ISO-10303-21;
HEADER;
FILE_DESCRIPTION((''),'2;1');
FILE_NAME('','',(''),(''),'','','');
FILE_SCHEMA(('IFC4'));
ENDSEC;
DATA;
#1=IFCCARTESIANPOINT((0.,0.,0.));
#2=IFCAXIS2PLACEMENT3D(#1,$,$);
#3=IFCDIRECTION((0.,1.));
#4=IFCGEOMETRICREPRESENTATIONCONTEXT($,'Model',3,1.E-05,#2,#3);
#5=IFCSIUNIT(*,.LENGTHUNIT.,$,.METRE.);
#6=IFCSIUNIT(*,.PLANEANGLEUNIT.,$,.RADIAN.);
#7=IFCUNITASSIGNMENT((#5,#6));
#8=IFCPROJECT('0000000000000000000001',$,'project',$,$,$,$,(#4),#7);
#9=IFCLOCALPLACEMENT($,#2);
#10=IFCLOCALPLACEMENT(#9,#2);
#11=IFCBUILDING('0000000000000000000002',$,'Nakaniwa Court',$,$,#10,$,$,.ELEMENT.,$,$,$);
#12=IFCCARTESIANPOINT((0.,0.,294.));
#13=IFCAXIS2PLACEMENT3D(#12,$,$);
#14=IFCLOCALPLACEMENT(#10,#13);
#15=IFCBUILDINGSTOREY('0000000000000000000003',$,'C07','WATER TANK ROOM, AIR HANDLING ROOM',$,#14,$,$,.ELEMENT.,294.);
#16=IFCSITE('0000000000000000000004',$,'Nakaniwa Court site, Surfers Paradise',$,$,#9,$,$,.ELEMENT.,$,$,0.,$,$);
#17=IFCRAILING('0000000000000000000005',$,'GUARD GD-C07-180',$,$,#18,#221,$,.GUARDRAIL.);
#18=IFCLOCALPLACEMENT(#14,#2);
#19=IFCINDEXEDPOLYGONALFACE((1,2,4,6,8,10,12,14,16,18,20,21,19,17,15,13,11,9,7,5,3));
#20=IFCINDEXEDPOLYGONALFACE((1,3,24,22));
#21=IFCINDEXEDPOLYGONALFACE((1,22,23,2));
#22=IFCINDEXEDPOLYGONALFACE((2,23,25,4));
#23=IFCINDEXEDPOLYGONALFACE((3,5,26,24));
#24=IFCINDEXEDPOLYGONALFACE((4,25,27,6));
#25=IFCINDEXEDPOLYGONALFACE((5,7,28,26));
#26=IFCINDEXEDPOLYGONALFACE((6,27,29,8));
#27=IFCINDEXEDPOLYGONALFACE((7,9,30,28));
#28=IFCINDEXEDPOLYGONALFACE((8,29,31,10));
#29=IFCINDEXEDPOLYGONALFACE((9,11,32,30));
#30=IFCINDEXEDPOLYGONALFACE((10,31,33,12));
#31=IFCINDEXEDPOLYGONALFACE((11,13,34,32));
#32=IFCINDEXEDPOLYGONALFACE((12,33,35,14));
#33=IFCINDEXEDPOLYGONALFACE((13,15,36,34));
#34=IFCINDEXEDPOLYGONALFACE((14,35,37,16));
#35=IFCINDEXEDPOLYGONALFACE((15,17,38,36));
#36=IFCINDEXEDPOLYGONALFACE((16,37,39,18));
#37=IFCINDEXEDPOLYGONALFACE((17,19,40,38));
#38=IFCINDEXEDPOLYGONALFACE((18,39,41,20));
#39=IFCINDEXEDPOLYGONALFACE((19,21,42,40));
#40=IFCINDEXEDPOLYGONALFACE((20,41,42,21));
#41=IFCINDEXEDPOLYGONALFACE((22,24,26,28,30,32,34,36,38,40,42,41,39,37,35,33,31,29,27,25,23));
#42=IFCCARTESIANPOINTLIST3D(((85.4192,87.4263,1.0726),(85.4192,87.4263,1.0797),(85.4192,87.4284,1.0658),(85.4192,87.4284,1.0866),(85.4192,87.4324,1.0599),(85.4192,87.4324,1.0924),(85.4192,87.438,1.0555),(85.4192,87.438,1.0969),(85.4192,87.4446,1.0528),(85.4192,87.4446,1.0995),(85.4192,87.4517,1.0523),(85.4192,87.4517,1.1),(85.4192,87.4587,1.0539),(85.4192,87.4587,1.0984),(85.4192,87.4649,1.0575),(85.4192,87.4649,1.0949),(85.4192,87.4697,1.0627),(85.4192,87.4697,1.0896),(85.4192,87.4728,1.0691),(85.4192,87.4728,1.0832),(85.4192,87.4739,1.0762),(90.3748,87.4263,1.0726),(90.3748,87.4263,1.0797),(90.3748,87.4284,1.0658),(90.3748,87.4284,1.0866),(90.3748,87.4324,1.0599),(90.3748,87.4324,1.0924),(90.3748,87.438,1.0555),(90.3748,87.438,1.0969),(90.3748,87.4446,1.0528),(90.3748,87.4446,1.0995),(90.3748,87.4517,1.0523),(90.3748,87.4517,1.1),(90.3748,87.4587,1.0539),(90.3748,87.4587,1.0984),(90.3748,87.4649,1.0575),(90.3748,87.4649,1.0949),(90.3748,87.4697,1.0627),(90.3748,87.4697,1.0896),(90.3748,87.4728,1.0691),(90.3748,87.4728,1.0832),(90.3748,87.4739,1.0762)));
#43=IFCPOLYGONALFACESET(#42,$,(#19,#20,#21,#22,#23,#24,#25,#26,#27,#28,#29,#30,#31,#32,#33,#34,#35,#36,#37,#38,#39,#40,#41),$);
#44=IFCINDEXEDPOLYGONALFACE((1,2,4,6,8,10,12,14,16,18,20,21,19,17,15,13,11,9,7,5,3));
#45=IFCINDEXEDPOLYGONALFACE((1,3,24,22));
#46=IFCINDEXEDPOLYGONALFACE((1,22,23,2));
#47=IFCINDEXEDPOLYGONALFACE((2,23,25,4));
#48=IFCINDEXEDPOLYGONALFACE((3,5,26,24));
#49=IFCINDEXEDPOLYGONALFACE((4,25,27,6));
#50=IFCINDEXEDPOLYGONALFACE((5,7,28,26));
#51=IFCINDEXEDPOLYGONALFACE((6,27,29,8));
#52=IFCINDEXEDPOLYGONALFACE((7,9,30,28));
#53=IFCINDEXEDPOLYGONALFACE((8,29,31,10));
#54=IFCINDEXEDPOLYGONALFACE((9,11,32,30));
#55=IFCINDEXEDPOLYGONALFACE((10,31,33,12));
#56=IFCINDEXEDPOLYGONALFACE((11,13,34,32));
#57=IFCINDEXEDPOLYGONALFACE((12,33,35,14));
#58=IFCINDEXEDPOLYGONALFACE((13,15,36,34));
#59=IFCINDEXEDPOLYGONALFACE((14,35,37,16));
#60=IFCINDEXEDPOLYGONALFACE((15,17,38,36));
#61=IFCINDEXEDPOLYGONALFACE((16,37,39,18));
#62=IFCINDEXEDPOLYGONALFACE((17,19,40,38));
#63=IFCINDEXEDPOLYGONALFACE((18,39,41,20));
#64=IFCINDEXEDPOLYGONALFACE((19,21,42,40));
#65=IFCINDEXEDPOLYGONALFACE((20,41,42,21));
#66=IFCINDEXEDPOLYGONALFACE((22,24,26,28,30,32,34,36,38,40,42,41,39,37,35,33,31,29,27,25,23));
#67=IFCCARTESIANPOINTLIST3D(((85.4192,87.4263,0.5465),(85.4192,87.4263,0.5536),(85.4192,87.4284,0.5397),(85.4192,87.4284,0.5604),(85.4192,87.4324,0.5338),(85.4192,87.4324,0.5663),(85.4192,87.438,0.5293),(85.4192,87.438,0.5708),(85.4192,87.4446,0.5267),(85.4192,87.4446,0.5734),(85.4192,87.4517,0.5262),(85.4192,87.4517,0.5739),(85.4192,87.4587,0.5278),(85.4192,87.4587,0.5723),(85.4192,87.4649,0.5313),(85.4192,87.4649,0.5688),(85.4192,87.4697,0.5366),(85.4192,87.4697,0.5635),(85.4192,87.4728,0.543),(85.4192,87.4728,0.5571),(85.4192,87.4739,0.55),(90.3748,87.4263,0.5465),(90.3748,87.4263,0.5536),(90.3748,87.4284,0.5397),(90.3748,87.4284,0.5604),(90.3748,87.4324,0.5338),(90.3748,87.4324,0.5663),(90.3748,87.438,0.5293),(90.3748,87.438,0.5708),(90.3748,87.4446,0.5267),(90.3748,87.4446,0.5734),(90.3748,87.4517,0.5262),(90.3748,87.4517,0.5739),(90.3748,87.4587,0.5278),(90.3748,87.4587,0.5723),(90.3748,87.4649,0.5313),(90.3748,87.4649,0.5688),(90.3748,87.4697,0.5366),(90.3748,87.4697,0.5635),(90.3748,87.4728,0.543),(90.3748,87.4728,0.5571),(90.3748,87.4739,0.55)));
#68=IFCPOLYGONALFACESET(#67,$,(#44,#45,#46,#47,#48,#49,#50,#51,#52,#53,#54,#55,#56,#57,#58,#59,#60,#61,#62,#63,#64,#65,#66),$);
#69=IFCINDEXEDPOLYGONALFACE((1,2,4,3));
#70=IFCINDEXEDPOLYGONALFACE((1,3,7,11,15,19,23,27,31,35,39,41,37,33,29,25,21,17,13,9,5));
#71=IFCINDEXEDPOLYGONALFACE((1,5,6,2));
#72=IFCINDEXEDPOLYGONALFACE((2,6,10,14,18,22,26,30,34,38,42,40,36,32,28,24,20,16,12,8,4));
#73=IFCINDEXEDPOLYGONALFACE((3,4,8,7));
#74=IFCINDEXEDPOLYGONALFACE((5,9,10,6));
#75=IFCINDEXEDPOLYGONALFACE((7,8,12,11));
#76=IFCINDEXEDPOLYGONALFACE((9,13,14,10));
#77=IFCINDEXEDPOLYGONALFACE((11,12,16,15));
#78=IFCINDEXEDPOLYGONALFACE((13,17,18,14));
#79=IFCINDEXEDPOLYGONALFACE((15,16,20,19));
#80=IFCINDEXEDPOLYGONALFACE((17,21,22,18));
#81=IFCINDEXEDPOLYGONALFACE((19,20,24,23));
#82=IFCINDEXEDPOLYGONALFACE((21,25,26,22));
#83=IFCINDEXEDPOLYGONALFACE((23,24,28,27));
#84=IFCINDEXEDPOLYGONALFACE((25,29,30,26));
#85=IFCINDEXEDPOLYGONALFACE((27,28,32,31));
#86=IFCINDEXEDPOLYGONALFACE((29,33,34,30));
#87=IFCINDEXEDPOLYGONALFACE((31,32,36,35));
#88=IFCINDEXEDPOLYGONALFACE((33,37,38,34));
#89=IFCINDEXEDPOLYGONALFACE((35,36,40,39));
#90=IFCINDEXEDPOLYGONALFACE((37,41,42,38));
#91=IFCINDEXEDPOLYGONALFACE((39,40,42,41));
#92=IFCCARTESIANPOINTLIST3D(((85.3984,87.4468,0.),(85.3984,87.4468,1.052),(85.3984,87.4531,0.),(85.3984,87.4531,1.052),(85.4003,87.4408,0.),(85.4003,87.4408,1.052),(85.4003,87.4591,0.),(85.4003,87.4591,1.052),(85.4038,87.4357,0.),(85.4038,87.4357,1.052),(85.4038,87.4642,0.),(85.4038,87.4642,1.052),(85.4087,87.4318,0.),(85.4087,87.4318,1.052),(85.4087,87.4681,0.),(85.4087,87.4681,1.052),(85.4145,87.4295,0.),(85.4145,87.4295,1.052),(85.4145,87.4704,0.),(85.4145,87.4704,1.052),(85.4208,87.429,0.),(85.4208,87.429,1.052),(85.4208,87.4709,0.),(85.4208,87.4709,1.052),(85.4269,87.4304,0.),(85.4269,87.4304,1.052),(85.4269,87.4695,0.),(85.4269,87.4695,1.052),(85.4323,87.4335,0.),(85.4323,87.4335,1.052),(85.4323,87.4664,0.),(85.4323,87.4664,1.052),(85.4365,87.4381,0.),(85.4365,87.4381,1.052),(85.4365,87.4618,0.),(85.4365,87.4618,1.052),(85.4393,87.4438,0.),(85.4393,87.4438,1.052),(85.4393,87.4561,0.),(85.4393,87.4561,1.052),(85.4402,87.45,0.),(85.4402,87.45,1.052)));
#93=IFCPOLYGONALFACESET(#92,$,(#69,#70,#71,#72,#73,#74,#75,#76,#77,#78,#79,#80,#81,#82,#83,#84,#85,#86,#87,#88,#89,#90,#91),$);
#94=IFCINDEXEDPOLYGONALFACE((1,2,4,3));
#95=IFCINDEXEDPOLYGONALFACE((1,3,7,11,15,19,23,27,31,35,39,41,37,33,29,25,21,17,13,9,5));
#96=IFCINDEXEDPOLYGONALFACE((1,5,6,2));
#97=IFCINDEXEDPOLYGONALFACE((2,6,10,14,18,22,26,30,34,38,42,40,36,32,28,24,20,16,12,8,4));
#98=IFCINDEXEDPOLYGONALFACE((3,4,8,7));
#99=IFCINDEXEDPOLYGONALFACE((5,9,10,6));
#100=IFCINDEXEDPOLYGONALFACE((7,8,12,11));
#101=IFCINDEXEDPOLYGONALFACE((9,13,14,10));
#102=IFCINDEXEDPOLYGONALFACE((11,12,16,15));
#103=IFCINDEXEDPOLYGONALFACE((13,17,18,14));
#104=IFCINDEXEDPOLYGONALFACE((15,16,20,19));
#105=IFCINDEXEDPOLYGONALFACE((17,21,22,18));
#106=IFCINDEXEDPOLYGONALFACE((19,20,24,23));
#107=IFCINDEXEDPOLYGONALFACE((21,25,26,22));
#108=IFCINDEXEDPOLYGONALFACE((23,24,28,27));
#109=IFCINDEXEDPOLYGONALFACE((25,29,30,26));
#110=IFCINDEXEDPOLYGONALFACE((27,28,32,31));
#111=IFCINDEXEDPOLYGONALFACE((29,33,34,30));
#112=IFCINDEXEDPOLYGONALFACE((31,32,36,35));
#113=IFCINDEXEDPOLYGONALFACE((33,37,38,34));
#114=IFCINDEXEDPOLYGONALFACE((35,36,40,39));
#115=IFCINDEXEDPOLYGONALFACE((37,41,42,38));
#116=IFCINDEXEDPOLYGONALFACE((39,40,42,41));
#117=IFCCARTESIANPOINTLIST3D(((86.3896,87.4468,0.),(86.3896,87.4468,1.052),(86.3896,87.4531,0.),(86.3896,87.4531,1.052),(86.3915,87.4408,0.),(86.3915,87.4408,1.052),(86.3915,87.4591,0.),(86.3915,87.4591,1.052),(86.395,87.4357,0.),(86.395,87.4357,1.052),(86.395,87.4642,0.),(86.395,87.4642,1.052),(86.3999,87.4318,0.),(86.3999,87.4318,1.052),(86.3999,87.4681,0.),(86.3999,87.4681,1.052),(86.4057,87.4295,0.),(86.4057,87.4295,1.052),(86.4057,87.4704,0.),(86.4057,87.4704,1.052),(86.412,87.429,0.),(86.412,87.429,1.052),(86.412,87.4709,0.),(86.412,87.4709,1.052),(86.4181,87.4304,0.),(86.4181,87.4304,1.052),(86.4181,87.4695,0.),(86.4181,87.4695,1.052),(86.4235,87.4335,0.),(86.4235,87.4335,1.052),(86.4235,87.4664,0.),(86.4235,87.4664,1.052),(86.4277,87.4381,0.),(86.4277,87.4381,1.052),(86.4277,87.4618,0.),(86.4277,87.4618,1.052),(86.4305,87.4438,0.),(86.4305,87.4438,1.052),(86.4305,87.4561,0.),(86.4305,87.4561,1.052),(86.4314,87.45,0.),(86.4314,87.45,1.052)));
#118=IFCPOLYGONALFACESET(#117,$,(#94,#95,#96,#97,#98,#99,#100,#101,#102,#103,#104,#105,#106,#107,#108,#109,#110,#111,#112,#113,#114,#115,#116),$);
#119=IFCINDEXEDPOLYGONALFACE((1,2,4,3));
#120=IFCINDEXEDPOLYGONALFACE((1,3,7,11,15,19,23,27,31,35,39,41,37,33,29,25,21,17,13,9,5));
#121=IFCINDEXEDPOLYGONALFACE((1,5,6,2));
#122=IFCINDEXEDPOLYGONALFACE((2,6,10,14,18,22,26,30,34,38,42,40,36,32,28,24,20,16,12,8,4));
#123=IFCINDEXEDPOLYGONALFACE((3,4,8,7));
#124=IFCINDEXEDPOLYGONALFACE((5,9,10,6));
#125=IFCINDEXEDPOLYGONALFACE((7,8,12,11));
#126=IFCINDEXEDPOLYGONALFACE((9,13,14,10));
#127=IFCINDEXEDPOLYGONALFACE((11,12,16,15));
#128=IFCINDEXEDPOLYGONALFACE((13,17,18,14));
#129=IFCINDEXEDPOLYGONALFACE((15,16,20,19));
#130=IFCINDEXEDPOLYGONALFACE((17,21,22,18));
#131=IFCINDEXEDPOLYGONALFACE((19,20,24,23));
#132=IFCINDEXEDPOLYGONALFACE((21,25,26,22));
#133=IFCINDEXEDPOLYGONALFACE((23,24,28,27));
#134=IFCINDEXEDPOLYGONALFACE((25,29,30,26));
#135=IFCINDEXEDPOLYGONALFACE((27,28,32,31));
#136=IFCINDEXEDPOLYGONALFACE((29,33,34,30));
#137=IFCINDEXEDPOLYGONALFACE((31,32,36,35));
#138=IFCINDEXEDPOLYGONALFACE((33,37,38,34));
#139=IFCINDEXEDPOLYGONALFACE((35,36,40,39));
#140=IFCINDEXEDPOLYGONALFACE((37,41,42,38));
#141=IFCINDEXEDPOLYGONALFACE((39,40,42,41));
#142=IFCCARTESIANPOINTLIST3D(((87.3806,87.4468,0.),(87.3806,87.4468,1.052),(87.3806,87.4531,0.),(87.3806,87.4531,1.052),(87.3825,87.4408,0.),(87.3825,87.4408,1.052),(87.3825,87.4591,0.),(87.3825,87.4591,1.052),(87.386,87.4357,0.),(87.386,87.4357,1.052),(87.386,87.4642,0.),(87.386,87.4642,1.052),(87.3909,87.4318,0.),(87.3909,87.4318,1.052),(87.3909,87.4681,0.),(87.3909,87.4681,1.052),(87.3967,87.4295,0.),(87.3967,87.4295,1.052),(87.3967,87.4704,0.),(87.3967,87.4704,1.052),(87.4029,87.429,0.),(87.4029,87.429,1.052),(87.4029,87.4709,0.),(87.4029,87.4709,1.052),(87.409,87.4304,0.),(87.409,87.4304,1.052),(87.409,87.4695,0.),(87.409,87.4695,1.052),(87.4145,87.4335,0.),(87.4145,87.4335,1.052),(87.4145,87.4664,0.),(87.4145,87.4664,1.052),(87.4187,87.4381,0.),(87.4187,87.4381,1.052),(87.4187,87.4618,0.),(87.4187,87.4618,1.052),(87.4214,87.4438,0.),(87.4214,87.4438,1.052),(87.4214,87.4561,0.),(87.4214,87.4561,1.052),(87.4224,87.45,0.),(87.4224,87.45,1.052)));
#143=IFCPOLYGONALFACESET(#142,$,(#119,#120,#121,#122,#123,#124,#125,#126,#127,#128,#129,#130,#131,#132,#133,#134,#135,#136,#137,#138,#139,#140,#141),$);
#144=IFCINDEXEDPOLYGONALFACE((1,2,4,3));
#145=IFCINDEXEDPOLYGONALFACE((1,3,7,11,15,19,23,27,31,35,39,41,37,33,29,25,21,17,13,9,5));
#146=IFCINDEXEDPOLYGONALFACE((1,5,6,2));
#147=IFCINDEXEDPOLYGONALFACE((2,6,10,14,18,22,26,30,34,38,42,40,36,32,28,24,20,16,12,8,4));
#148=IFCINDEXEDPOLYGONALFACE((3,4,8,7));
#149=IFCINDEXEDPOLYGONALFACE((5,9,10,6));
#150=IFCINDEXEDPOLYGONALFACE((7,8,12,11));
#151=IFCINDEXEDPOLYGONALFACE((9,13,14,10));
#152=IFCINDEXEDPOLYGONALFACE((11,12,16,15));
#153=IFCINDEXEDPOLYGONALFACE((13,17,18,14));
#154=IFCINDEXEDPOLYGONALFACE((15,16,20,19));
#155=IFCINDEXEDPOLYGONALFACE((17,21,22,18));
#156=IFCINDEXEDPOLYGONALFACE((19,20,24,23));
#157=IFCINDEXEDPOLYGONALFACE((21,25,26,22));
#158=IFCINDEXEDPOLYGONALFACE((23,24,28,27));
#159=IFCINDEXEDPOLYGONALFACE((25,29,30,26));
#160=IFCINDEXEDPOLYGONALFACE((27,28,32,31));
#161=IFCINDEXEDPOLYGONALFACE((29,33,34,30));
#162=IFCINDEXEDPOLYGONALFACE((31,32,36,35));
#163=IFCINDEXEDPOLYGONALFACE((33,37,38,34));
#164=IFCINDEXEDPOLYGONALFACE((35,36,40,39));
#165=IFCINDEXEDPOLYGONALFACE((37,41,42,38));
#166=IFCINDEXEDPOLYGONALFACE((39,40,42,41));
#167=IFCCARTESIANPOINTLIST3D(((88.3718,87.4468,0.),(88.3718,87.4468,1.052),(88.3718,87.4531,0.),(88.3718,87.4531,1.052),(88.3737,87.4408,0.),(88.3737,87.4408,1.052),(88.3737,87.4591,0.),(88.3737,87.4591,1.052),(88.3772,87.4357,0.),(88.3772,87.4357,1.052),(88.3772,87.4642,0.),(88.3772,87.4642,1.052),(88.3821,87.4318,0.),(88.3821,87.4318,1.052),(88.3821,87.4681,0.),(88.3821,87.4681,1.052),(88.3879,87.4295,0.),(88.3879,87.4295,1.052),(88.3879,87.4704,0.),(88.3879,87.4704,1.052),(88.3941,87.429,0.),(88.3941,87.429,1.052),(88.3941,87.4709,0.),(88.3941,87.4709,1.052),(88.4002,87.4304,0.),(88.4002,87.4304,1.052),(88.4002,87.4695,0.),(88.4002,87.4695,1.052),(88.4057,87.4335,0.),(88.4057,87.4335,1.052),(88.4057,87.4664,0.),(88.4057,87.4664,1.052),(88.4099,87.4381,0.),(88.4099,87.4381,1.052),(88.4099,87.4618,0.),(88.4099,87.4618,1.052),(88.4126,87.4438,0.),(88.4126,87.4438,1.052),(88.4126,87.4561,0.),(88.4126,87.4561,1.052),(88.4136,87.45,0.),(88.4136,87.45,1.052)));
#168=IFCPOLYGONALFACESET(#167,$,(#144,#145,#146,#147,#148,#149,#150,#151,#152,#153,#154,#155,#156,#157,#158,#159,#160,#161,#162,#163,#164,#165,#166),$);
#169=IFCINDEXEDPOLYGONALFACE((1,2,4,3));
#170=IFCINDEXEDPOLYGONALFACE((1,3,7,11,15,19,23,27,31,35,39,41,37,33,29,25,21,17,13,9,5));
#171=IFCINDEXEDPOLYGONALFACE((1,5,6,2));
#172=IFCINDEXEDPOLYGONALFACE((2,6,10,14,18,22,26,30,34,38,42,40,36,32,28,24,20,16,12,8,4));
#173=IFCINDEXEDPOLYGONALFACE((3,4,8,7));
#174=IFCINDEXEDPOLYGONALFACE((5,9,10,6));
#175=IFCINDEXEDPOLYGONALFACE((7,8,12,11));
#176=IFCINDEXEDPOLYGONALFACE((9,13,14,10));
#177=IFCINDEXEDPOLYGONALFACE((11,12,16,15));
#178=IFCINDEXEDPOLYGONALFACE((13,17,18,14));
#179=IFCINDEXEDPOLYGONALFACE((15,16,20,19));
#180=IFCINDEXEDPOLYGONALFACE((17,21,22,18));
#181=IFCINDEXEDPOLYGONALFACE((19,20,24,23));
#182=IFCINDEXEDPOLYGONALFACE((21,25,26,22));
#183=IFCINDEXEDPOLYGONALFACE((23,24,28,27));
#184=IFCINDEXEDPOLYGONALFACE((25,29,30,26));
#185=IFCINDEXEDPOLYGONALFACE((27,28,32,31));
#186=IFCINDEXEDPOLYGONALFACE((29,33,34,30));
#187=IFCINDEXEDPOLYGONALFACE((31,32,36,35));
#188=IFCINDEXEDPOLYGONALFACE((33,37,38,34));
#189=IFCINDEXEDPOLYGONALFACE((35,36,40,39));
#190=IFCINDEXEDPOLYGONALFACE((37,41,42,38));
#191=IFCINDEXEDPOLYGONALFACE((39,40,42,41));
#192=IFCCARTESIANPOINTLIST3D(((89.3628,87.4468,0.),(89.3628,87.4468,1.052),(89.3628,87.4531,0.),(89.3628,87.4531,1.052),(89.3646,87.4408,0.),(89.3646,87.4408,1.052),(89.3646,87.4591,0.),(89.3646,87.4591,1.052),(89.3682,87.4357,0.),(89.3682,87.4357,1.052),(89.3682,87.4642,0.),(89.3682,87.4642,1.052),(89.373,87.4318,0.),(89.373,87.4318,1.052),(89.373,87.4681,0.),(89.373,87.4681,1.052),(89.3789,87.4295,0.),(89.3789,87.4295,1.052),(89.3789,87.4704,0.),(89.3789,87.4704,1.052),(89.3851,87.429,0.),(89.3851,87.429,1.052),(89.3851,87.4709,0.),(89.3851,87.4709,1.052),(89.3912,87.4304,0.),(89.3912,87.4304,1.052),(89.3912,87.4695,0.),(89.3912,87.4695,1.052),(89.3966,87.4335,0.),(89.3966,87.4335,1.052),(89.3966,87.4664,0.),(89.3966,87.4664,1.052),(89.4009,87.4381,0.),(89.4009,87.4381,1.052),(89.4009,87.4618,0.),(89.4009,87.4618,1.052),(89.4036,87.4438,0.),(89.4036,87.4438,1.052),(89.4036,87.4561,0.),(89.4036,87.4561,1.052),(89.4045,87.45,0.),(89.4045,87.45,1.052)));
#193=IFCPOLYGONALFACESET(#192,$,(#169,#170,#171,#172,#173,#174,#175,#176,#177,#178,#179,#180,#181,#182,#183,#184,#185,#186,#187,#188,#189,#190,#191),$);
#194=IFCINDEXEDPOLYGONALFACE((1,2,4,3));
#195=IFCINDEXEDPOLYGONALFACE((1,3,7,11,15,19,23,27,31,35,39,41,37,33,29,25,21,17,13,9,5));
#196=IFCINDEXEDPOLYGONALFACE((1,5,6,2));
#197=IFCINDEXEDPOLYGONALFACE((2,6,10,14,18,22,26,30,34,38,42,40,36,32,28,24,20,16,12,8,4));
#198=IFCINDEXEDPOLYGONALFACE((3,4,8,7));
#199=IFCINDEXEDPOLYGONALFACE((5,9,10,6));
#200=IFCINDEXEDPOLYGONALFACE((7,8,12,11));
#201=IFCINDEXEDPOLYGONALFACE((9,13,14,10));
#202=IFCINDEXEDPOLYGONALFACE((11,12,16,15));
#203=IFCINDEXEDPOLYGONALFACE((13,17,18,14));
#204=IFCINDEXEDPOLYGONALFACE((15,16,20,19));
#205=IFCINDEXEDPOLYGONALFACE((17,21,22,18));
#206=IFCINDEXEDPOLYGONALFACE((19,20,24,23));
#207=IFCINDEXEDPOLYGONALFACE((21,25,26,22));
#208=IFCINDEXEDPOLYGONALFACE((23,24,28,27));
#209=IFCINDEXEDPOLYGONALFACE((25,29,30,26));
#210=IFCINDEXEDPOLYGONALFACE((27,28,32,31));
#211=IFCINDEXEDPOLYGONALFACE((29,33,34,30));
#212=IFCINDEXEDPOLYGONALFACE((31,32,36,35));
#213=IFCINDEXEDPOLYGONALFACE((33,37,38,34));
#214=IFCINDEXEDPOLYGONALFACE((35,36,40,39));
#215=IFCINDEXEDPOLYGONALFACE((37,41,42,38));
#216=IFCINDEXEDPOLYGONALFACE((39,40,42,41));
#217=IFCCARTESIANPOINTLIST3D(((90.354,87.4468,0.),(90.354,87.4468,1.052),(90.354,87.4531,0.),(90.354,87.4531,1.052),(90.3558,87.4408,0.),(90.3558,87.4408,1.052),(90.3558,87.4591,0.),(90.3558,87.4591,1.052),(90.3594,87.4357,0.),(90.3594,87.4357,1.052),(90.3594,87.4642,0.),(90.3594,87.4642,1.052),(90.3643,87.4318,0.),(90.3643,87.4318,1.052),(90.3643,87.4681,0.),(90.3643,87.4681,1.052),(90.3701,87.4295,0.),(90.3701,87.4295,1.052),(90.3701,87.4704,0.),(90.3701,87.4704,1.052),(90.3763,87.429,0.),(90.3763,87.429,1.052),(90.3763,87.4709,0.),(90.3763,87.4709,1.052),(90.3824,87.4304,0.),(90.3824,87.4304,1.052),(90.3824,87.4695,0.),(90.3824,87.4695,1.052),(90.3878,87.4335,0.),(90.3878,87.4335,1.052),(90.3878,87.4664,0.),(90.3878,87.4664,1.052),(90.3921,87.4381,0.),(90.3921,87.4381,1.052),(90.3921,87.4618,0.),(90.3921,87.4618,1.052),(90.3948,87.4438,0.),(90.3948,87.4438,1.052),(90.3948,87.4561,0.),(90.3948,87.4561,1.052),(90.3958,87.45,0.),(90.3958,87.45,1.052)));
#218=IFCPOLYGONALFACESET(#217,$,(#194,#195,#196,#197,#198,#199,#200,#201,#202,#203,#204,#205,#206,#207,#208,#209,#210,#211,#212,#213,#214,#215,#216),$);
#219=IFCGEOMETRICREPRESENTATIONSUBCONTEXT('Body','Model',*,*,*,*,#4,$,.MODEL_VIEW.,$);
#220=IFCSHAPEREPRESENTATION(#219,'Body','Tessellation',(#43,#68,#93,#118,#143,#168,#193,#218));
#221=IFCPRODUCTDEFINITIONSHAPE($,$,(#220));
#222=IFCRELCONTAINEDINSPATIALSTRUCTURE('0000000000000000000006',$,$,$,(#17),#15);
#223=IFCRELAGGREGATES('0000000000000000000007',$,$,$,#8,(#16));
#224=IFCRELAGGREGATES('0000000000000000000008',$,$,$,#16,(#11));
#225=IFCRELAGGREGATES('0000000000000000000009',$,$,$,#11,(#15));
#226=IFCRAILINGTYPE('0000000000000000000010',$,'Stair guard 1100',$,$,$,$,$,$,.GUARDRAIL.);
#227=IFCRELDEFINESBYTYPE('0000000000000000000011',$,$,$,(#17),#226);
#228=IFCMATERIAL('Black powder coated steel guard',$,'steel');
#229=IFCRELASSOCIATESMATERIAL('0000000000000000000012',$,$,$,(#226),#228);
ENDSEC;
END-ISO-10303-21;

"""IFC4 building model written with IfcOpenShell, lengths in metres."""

from ifc_helpers import new_model, si_unit, direction, frame, origin, origin_2d, place, context, subcontext, project, spatial, circle, extrude, material, type_object, element, save


model = new_model("IFC4")

# Units and contexts
model_context = context("Model", 3, precision=1e-05, world=origin(), true_north=direction((0.0, 1.0)))
body_context = subcontext(model_context, "Body", "Model", "MODEL_VIEW")
ifc_project = project(units=[si_unit("LENGTHUNIT", "METRE"), si_unit("PLANEANGLEUNIT", "RADIAN")], contexts=[model_context])

# Site, building, storey
site_placement = place(None, origin())
site = spatial("IfcSite", under=ifc_project, at=site_placement, Name="Nakaniwa Court site, Surfers Paradise", CompositionType="ELEMENT", RefElevation=0.0)
building_placement = place(site_placement, origin())
building = spatial("IfcBuilding", under=site, at=building_placement, Name="Nakaniwa Court", CompositionType="ELEMENT")
storey_placement = place(building_placement, frame((0.0, 0.0, 294.0)))
storey = spatial("IfcBuildingStorey", under=building, at=storey_placement, Name="C07", Description="WATER TANK ROOM, AIR HANDLING ROOM", CompositionType="ELEMENT", Elevation=294.0)

# Railing
ifc_material_1 = material(Name="Black powder coated steel guard", Category="steel")
railing_type = type_object("IfcRailingType", Name="Stair guard 1100", PredefinedType="GUARDRAIL", material=ifc_material_1)
railing_placement = place(storey_placement, frame((85.4192, 87.45, 0.0)))
element("IfcRailing", 1, at=railing_placement, inside=storey, type_object=railing_type, Name="GUARD GD-C07-180", PredefinedType="GUARDRAIL", context=body_context, shape_type="SweptSolid", body=[
    extrude(circle(Radius=0.0239, at=origin_2d()), frame((0.0, 0.0, 1.0762), z_axis=(1.0, 0.0, 0.0), x_axis=(0.0, 1.0, 0.0)), (0.0, 0.0, 1.0), 4.9556),
    extrude(circle(Radius=0.0239, at=origin_2d()), frame((0.0, 0.0, 0.55), z_axis=(1.0, 0.0, 0.0), x_axis=(0.0, 1.0, 0.0)), (0.0, 0.0, 1.0), 4.9556),
    extrude(circle(Radius=0.021, at=origin_2d()), origin(), (0.0, 0.0, 1.0), 1.052),
    extrude(circle(Radius=0.021, at=origin_2d()), frame((0.9912, 0.0, 0.0)), (0.0, 0.0, 1.0), 1.052),
    extrude(circle(Radius=0.021, at=origin_2d()), frame((1.9822, 0.0, 0.0)), (0.0, 0.0, 1.0), 1.052),
    extrude(circle(Radius=0.021, at=origin_2d()), frame((2.9734, 0.0, 0.0)), (0.0, 0.0, 1.0), 1.052),
    extrude(circle(Radius=0.021, at=origin_2d()), frame((3.9644, 0.0, 0.0)), (0.0, 0.0, 1.0), 1.052),
    extrude(circle(Radius=0.021, at=origin_2d()), frame((4.9556, 0.0, 0.0)), (0.0, 0.0, 1.0), 1.052),
])

save(model, "model.ifc")
